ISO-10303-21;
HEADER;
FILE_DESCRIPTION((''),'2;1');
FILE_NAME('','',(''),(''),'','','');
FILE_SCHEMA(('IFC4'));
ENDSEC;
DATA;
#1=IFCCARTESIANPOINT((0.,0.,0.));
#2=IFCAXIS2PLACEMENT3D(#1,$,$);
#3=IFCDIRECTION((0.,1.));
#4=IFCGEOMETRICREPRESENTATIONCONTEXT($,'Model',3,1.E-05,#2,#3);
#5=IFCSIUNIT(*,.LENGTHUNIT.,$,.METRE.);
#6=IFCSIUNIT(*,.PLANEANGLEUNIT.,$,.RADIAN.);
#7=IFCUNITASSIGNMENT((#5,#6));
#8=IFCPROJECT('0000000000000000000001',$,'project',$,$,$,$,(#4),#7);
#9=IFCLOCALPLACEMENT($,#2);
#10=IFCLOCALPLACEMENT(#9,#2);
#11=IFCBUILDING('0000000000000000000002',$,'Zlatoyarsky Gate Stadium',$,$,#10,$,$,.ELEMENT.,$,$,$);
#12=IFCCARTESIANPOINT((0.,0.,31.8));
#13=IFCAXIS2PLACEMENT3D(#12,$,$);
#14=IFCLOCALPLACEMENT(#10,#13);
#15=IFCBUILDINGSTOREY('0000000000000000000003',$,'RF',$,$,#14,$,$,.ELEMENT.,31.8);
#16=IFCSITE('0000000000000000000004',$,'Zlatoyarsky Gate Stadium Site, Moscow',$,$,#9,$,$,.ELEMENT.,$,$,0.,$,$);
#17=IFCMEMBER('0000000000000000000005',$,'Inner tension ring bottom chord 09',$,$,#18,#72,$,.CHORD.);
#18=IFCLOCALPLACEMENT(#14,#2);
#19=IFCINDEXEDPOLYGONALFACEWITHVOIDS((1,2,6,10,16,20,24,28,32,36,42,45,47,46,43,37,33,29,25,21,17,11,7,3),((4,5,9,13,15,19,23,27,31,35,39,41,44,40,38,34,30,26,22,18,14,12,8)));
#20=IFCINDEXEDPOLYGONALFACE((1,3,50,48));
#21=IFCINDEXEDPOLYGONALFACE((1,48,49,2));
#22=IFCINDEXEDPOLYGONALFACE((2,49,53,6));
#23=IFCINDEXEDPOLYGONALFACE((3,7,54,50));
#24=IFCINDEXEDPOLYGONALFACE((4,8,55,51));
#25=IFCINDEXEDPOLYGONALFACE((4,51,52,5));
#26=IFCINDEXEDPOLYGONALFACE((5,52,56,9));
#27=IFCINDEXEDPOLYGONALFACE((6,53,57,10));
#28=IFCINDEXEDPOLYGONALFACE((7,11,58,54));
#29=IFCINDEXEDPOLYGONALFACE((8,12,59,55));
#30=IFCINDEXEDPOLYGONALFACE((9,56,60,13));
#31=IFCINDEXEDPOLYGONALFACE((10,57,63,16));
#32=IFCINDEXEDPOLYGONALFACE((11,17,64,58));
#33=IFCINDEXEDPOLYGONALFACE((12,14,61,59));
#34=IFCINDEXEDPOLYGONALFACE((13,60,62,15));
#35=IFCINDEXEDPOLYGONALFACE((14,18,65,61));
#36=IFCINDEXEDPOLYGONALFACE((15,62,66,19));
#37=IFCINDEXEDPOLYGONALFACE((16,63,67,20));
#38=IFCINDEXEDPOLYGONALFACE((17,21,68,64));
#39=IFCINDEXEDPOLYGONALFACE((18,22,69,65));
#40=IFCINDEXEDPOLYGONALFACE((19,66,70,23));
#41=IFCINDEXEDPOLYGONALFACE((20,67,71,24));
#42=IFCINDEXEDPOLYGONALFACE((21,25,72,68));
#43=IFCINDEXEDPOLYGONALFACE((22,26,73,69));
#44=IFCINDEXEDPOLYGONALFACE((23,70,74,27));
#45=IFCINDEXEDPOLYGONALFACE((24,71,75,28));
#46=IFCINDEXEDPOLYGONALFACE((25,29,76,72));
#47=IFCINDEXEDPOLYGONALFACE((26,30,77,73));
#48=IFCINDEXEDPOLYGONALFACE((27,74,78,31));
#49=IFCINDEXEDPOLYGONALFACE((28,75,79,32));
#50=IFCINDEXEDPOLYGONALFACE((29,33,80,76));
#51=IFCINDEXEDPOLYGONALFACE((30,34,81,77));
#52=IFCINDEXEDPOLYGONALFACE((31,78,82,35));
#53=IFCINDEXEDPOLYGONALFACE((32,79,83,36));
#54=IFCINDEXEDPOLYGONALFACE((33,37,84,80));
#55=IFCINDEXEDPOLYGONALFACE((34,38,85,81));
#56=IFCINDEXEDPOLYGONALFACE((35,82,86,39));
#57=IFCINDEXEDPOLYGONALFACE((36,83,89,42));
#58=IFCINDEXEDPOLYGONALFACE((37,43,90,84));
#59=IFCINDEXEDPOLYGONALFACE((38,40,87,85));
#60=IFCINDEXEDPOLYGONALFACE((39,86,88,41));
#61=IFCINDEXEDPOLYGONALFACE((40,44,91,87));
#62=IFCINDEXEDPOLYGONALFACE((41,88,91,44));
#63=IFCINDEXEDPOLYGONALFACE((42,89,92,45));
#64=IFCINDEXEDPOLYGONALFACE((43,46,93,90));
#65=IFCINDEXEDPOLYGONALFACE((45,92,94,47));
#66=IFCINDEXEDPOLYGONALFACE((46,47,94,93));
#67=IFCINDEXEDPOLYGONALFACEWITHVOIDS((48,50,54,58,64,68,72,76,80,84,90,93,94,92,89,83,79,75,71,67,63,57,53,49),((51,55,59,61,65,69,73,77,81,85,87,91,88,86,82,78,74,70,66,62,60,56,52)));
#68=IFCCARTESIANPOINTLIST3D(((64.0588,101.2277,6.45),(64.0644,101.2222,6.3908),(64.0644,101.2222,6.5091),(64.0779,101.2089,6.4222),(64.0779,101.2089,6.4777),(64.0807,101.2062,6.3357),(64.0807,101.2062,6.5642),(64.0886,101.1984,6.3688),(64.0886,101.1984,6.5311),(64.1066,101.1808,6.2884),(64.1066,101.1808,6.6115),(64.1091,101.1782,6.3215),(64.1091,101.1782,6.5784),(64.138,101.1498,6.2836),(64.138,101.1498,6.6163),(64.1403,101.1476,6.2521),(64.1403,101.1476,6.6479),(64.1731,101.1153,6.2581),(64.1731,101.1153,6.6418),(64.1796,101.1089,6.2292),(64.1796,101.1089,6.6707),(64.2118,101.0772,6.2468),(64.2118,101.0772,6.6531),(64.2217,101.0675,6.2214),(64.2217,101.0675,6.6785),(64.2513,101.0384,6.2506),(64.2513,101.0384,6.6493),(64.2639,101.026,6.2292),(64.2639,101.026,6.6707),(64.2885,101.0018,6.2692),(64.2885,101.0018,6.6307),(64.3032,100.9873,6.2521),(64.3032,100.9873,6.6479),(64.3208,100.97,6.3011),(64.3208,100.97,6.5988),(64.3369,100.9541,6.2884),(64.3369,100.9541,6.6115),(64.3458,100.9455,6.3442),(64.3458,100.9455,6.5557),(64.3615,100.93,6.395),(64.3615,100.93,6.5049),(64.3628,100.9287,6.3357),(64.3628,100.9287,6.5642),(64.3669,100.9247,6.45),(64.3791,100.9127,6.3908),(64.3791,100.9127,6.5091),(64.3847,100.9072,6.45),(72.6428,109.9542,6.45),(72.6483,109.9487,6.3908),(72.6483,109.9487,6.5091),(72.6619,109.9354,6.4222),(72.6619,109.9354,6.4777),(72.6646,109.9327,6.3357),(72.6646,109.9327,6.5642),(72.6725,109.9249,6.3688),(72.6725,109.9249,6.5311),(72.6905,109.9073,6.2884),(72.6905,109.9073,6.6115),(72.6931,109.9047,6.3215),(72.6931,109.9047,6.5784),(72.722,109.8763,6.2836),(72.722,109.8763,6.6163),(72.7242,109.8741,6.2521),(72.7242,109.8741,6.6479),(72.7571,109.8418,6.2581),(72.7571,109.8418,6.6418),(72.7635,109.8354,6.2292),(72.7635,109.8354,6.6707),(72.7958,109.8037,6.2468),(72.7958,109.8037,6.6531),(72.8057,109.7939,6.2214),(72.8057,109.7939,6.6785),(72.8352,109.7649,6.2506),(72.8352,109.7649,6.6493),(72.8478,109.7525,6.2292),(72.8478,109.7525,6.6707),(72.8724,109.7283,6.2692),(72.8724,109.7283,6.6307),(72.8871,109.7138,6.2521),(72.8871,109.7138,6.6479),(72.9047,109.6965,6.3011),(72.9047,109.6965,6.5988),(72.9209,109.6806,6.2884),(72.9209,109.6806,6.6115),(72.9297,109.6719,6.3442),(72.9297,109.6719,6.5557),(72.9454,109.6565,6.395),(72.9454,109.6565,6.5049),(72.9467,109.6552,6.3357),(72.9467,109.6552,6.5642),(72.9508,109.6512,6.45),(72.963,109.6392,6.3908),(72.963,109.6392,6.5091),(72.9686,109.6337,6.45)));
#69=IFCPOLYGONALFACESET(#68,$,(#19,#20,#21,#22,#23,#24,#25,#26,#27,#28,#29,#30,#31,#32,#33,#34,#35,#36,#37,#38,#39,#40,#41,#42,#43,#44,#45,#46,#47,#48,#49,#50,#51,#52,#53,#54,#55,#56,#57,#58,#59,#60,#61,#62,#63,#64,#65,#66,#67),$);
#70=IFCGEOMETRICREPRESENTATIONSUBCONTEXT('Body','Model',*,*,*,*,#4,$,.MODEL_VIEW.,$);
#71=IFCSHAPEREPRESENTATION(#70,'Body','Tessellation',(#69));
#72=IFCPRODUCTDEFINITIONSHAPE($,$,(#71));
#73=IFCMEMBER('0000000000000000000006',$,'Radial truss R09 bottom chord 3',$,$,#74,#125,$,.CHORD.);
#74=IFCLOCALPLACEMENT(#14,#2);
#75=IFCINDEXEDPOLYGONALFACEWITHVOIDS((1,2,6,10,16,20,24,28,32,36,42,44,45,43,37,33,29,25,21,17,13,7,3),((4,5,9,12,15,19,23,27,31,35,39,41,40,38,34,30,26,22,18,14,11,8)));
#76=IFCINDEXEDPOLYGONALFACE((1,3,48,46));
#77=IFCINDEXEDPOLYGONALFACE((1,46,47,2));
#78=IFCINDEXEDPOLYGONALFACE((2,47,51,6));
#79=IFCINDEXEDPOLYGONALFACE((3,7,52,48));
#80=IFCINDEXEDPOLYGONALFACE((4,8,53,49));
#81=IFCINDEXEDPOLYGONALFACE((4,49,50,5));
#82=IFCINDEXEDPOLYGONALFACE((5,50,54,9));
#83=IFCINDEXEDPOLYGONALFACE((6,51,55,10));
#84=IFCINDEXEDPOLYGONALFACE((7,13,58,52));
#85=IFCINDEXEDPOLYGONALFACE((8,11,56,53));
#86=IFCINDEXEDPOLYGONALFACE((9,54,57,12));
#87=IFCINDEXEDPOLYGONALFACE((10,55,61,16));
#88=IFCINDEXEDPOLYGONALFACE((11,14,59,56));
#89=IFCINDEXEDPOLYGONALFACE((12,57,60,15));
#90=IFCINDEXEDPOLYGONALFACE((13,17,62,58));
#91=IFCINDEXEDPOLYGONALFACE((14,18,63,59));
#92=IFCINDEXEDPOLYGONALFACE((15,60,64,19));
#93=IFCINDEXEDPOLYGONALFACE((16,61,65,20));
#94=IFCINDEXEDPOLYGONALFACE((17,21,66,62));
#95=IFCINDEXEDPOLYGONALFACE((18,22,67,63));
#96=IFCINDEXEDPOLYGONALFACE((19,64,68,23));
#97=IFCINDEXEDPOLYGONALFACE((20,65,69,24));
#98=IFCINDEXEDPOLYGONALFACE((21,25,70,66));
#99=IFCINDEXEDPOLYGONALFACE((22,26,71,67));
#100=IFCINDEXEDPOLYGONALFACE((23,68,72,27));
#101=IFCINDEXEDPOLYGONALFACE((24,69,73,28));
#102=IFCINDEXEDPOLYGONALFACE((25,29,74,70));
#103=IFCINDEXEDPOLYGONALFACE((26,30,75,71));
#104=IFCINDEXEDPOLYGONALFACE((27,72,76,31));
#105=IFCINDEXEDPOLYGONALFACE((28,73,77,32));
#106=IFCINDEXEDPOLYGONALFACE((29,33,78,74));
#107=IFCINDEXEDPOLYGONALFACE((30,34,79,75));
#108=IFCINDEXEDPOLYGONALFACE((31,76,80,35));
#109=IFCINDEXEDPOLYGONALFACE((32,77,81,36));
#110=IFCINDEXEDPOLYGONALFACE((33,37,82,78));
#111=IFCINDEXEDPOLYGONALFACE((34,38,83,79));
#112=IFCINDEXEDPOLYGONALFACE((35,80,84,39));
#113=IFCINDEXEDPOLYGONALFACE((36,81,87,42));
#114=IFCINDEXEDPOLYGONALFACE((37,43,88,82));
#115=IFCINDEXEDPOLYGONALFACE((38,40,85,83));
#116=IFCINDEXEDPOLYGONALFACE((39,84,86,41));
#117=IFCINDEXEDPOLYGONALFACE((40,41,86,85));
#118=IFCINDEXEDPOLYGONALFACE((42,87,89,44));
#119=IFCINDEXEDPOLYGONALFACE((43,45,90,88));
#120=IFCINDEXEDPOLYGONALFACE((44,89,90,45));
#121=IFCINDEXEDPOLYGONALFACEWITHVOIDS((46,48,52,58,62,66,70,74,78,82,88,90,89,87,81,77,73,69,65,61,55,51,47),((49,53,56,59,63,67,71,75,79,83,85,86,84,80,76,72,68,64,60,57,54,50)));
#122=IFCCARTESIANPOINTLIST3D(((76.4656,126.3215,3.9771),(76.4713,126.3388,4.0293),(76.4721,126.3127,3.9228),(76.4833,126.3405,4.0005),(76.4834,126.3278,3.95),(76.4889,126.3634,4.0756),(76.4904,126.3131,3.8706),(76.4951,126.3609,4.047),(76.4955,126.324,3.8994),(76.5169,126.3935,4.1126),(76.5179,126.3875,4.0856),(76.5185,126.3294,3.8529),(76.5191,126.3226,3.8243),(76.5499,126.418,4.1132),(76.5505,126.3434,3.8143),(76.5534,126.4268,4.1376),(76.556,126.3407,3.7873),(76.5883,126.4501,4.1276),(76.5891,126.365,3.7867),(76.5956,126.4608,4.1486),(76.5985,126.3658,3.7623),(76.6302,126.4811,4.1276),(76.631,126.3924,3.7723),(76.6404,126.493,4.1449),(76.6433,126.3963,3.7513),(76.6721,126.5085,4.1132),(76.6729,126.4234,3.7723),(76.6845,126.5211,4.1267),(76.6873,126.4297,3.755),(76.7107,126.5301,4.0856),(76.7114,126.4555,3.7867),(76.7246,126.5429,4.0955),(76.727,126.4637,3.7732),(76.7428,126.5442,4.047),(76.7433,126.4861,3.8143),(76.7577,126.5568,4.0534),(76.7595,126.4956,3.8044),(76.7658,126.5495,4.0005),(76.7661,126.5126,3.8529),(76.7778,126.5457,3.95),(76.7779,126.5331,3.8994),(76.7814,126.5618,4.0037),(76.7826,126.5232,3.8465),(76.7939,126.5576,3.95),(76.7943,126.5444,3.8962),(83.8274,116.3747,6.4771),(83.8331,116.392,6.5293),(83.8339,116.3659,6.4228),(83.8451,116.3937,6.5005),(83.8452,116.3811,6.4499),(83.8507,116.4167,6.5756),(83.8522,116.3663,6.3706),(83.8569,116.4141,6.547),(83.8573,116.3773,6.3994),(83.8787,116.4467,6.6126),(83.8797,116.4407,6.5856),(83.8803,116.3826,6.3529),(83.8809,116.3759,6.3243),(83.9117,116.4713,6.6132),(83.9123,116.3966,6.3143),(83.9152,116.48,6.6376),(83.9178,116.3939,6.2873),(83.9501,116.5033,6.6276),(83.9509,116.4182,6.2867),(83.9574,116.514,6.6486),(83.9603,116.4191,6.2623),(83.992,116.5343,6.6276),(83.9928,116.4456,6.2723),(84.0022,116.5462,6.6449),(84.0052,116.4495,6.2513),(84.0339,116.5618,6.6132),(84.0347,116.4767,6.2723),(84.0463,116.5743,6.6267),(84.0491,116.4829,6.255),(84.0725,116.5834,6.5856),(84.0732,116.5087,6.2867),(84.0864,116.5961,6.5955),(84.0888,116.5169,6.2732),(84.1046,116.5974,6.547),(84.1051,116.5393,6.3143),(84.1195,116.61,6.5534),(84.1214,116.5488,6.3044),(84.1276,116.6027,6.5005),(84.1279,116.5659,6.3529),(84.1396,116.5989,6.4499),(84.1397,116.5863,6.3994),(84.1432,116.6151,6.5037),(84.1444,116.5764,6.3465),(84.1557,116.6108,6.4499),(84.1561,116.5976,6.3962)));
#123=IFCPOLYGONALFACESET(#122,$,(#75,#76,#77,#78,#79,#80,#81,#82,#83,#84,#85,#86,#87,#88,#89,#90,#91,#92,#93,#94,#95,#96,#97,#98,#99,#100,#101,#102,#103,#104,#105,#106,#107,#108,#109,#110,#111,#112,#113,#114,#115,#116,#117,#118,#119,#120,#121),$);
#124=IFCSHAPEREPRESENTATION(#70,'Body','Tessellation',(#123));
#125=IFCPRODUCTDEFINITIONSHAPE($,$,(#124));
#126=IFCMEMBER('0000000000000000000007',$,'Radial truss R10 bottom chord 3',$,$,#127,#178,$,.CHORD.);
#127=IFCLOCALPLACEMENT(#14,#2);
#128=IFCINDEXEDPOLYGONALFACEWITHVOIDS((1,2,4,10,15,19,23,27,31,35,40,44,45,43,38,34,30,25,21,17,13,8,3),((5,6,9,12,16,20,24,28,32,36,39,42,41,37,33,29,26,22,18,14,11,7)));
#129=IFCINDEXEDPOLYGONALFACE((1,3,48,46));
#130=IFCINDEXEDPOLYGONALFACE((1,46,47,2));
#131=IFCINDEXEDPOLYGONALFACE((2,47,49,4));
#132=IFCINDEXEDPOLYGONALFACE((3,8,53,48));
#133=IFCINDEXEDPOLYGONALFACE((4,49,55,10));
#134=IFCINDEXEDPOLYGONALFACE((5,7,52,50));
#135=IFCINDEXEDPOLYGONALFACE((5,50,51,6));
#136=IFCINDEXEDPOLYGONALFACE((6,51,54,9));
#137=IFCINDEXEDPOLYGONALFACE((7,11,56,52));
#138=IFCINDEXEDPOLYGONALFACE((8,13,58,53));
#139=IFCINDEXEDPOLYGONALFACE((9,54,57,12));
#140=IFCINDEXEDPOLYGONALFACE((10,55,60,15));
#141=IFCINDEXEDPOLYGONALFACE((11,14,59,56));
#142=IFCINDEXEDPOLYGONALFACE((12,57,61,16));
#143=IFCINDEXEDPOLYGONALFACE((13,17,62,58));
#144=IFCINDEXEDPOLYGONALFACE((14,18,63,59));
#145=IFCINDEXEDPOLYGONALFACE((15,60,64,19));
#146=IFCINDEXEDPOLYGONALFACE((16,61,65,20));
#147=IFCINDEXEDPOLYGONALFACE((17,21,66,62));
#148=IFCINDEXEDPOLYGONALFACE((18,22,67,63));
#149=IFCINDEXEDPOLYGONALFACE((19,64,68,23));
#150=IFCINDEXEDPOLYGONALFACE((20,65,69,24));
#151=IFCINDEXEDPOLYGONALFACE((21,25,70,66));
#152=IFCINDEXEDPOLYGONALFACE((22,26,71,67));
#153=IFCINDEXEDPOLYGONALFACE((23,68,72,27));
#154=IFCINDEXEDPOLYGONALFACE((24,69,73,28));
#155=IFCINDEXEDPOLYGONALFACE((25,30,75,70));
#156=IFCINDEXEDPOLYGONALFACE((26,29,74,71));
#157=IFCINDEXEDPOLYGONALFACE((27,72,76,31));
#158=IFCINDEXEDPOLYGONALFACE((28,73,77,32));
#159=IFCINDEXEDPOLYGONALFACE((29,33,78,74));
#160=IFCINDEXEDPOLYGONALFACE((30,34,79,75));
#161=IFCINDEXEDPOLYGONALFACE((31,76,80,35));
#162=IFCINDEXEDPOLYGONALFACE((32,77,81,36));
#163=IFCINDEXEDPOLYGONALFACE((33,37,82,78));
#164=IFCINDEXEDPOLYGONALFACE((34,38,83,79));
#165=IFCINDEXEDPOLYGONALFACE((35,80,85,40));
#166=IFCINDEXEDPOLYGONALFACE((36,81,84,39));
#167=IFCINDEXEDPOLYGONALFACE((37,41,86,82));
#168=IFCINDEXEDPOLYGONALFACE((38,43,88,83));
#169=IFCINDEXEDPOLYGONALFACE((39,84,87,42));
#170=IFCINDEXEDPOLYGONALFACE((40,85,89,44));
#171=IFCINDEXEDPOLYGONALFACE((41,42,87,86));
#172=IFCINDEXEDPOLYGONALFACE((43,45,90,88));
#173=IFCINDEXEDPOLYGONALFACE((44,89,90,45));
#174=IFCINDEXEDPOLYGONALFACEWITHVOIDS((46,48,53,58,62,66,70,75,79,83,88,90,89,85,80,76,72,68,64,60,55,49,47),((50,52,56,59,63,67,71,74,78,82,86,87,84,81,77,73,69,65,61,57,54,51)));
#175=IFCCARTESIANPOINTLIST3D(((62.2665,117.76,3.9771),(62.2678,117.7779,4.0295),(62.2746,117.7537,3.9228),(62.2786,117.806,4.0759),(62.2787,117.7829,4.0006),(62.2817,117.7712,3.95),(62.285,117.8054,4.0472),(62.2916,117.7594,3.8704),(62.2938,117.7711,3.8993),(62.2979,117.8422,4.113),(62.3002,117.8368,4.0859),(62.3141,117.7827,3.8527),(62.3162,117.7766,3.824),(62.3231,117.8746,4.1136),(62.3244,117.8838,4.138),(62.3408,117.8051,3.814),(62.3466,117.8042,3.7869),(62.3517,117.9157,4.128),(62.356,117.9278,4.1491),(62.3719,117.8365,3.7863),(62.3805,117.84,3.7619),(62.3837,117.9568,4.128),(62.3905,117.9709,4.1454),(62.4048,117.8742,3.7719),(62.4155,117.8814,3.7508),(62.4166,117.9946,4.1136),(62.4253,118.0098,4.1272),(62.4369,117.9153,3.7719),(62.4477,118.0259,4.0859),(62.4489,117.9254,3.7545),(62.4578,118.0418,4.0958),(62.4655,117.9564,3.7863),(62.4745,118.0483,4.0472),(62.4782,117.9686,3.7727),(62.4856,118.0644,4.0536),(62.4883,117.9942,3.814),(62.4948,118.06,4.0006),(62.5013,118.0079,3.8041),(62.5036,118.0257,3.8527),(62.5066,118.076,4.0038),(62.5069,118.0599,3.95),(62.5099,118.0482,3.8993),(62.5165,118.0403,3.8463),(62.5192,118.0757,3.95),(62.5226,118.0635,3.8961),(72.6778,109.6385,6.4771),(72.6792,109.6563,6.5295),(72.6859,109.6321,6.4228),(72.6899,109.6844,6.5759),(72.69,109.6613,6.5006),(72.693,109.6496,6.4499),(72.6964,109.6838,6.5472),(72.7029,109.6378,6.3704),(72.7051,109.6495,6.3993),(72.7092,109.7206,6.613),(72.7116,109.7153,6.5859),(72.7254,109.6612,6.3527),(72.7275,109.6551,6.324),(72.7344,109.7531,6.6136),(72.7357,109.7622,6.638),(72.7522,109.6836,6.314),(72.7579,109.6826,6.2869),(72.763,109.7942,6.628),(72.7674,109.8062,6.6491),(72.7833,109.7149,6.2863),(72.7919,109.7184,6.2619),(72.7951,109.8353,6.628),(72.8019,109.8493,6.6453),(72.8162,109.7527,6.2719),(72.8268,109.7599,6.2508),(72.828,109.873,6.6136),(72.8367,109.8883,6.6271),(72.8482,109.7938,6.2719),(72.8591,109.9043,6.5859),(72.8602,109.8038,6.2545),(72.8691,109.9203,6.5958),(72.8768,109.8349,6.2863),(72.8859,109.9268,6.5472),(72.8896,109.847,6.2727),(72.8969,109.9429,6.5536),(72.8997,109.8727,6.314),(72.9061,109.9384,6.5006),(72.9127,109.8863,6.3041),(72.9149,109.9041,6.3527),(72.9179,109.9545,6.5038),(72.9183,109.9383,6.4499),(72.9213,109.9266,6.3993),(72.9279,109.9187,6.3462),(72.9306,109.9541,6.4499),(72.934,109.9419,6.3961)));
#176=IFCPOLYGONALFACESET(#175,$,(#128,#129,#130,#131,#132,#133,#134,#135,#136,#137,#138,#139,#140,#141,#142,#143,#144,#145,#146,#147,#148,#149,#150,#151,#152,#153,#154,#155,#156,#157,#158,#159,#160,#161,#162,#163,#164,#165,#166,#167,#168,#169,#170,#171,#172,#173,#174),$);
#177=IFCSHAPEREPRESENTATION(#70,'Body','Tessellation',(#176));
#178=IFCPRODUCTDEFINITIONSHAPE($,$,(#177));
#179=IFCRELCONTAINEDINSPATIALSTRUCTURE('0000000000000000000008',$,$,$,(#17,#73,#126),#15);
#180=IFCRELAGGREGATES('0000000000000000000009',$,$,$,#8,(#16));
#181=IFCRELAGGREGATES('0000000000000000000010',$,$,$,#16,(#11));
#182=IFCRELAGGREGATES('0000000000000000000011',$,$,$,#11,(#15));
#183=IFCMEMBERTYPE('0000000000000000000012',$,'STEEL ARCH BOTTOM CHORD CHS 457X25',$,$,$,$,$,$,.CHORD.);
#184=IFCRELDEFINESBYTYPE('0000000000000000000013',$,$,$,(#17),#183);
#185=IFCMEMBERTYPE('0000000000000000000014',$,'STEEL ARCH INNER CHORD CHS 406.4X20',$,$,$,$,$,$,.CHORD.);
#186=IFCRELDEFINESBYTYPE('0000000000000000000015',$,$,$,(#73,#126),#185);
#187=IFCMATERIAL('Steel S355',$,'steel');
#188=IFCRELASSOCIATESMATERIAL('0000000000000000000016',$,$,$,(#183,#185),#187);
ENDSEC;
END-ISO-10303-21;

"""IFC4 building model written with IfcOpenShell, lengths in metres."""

from ifc_helpers import new_model, si_unit, direction, frame, origin, origin_2d, place, context, subcontext, project, spatial, hollow_circle, extrude, material, material_profile, profile_set, type_object, element, save


model = new_model("IFC4")

# Units and contexts
model_context = context("Model", 3, precision=1e-05, world=origin(), true_north=direction((0.0, 1.0)))
body_context = subcontext(model_context, "Body", "Model", "MODEL_VIEW")
ifc_project = project(units=[si_unit("LENGTHUNIT", "METRE"), si_unit("PLANEANGLEUNIT", "RADIAN")], contexts=[model_context])

# Site, building, storey
site_placement = place(None, origin())
site = spatial("IfcSite", under=ifc_project, at=site_placement, Name="Zlatoyarsky Gate Stadium Site, Moscow", CompositionType="ELEMENT", RefElevation=0.0)
building_placement = place(site_placement, origin())
building = spatial("IfcBuilding", under=site, at=building_placement, Name="Zlatoyarsky Gate Stadium", CompositionType="ELEMENT")
storey_placement = place(building_placement, frame((0.0, 0.0, 31.8)))
storey = spatial("IfcBuildingStorey", under=building, at=storey_placement, Name="RF", CompositionType="ELEMENT", Elevation=31.8)

# Members
ifc_material_1 = material(Name="Steel S355", Category="steel")
ifc_material_profile_1 = material_profile(ifc_material_1, hollow_circle(Radius=0.2285, WallThickness=0.0249, at=origin_2d()), Name="CHS 457X25")
ifc_profile_set_1 = profile_set([ifc_material_profile_1], Name="Steel S355")
member_type_1 = type_object("IfcMemberType", Name="STEEL ARCH BOTTOM CHORD CHS 457X25", PredefinedType="CHORD", material=ifc_profile_set_1)
member_1_placement = place(storey_placement, frame((72.8057, 109.7939, 6.45), z_axis=(-0.701259, -0.712907, 0.0), x_axis=(0.712907, -0.701259, 0.0)))
element("IfcMember", 1, at=member_1_placement, inside=storey, type_object=member_type_1, Name="Inner tension ring bottom chord 09", PredefinedType="CHORD", context=body_context, shape_type="SweptSolid", body=[
    extrude(hollow_circle(Radius=0.2285, WallThickness=0.0249, at=origin_2d()), origin(), (0.0, 0.0, 1.0), 12.2407),
])
ifc_material_profile_2 = material_profile(ifc_material_1, hollow_circle(Radius=0.2031, WallThickness=0.02, at=origin_2d()), Name="CHS 406.4X20")
ifc_profile_set_2 = profile_set([ifc_material_profile_2], Name="Steel S355")
member_type_2 = type_object("IfcMemberType", Name="STEEL ARCH INNER CHORD CHS 406.4X20", PredefinedType="CHORD", material=ifc_profile_set_2)
member_2_placement = place(storey_placement, frame((76.6306, 126.4368, 3.95), z_axis=(0.583125, -0.787878, 0.198023), x_axis=(0.803795, 0.594906, 0.0)))
element("IfcMember", 2, at=member_2_placement, inside=storey, type_object=member_type_2, Name="Radial truss R09 bottom chord 3", PredefinedType="CHORD", context=body_context, shape_type="SweptSolid", body=[
    extrude(hollow_circle(Radius=0.2031, WallThickness=0.02, at=origin_2d()), origin(), (0.0, 0.0, 1.0), 12.6248),
])
member_3_placement = place(storey_placement, frame((62.3943, 117.9155, 3.95), z_axis=(0.774713, -0.604329, 0.186026), x_axis=(0.615065, 0.788476, 0.0)))
element("IfcMember", 3, at=member_3_placement, inside=storey, type_object=member_type_2, Name="Radial truss R10 bottom chord 3", PredefinedType="CHORD", context=body_context, shape_type="SweptSolid", body=[
    extrude(hollow_circle(Radius=0.2031, WallThickness=0.02, at=origin_2d()), origin(), (0.0, 0.0, 1.0), 13.439),
])

save(model, "model.ifc")
